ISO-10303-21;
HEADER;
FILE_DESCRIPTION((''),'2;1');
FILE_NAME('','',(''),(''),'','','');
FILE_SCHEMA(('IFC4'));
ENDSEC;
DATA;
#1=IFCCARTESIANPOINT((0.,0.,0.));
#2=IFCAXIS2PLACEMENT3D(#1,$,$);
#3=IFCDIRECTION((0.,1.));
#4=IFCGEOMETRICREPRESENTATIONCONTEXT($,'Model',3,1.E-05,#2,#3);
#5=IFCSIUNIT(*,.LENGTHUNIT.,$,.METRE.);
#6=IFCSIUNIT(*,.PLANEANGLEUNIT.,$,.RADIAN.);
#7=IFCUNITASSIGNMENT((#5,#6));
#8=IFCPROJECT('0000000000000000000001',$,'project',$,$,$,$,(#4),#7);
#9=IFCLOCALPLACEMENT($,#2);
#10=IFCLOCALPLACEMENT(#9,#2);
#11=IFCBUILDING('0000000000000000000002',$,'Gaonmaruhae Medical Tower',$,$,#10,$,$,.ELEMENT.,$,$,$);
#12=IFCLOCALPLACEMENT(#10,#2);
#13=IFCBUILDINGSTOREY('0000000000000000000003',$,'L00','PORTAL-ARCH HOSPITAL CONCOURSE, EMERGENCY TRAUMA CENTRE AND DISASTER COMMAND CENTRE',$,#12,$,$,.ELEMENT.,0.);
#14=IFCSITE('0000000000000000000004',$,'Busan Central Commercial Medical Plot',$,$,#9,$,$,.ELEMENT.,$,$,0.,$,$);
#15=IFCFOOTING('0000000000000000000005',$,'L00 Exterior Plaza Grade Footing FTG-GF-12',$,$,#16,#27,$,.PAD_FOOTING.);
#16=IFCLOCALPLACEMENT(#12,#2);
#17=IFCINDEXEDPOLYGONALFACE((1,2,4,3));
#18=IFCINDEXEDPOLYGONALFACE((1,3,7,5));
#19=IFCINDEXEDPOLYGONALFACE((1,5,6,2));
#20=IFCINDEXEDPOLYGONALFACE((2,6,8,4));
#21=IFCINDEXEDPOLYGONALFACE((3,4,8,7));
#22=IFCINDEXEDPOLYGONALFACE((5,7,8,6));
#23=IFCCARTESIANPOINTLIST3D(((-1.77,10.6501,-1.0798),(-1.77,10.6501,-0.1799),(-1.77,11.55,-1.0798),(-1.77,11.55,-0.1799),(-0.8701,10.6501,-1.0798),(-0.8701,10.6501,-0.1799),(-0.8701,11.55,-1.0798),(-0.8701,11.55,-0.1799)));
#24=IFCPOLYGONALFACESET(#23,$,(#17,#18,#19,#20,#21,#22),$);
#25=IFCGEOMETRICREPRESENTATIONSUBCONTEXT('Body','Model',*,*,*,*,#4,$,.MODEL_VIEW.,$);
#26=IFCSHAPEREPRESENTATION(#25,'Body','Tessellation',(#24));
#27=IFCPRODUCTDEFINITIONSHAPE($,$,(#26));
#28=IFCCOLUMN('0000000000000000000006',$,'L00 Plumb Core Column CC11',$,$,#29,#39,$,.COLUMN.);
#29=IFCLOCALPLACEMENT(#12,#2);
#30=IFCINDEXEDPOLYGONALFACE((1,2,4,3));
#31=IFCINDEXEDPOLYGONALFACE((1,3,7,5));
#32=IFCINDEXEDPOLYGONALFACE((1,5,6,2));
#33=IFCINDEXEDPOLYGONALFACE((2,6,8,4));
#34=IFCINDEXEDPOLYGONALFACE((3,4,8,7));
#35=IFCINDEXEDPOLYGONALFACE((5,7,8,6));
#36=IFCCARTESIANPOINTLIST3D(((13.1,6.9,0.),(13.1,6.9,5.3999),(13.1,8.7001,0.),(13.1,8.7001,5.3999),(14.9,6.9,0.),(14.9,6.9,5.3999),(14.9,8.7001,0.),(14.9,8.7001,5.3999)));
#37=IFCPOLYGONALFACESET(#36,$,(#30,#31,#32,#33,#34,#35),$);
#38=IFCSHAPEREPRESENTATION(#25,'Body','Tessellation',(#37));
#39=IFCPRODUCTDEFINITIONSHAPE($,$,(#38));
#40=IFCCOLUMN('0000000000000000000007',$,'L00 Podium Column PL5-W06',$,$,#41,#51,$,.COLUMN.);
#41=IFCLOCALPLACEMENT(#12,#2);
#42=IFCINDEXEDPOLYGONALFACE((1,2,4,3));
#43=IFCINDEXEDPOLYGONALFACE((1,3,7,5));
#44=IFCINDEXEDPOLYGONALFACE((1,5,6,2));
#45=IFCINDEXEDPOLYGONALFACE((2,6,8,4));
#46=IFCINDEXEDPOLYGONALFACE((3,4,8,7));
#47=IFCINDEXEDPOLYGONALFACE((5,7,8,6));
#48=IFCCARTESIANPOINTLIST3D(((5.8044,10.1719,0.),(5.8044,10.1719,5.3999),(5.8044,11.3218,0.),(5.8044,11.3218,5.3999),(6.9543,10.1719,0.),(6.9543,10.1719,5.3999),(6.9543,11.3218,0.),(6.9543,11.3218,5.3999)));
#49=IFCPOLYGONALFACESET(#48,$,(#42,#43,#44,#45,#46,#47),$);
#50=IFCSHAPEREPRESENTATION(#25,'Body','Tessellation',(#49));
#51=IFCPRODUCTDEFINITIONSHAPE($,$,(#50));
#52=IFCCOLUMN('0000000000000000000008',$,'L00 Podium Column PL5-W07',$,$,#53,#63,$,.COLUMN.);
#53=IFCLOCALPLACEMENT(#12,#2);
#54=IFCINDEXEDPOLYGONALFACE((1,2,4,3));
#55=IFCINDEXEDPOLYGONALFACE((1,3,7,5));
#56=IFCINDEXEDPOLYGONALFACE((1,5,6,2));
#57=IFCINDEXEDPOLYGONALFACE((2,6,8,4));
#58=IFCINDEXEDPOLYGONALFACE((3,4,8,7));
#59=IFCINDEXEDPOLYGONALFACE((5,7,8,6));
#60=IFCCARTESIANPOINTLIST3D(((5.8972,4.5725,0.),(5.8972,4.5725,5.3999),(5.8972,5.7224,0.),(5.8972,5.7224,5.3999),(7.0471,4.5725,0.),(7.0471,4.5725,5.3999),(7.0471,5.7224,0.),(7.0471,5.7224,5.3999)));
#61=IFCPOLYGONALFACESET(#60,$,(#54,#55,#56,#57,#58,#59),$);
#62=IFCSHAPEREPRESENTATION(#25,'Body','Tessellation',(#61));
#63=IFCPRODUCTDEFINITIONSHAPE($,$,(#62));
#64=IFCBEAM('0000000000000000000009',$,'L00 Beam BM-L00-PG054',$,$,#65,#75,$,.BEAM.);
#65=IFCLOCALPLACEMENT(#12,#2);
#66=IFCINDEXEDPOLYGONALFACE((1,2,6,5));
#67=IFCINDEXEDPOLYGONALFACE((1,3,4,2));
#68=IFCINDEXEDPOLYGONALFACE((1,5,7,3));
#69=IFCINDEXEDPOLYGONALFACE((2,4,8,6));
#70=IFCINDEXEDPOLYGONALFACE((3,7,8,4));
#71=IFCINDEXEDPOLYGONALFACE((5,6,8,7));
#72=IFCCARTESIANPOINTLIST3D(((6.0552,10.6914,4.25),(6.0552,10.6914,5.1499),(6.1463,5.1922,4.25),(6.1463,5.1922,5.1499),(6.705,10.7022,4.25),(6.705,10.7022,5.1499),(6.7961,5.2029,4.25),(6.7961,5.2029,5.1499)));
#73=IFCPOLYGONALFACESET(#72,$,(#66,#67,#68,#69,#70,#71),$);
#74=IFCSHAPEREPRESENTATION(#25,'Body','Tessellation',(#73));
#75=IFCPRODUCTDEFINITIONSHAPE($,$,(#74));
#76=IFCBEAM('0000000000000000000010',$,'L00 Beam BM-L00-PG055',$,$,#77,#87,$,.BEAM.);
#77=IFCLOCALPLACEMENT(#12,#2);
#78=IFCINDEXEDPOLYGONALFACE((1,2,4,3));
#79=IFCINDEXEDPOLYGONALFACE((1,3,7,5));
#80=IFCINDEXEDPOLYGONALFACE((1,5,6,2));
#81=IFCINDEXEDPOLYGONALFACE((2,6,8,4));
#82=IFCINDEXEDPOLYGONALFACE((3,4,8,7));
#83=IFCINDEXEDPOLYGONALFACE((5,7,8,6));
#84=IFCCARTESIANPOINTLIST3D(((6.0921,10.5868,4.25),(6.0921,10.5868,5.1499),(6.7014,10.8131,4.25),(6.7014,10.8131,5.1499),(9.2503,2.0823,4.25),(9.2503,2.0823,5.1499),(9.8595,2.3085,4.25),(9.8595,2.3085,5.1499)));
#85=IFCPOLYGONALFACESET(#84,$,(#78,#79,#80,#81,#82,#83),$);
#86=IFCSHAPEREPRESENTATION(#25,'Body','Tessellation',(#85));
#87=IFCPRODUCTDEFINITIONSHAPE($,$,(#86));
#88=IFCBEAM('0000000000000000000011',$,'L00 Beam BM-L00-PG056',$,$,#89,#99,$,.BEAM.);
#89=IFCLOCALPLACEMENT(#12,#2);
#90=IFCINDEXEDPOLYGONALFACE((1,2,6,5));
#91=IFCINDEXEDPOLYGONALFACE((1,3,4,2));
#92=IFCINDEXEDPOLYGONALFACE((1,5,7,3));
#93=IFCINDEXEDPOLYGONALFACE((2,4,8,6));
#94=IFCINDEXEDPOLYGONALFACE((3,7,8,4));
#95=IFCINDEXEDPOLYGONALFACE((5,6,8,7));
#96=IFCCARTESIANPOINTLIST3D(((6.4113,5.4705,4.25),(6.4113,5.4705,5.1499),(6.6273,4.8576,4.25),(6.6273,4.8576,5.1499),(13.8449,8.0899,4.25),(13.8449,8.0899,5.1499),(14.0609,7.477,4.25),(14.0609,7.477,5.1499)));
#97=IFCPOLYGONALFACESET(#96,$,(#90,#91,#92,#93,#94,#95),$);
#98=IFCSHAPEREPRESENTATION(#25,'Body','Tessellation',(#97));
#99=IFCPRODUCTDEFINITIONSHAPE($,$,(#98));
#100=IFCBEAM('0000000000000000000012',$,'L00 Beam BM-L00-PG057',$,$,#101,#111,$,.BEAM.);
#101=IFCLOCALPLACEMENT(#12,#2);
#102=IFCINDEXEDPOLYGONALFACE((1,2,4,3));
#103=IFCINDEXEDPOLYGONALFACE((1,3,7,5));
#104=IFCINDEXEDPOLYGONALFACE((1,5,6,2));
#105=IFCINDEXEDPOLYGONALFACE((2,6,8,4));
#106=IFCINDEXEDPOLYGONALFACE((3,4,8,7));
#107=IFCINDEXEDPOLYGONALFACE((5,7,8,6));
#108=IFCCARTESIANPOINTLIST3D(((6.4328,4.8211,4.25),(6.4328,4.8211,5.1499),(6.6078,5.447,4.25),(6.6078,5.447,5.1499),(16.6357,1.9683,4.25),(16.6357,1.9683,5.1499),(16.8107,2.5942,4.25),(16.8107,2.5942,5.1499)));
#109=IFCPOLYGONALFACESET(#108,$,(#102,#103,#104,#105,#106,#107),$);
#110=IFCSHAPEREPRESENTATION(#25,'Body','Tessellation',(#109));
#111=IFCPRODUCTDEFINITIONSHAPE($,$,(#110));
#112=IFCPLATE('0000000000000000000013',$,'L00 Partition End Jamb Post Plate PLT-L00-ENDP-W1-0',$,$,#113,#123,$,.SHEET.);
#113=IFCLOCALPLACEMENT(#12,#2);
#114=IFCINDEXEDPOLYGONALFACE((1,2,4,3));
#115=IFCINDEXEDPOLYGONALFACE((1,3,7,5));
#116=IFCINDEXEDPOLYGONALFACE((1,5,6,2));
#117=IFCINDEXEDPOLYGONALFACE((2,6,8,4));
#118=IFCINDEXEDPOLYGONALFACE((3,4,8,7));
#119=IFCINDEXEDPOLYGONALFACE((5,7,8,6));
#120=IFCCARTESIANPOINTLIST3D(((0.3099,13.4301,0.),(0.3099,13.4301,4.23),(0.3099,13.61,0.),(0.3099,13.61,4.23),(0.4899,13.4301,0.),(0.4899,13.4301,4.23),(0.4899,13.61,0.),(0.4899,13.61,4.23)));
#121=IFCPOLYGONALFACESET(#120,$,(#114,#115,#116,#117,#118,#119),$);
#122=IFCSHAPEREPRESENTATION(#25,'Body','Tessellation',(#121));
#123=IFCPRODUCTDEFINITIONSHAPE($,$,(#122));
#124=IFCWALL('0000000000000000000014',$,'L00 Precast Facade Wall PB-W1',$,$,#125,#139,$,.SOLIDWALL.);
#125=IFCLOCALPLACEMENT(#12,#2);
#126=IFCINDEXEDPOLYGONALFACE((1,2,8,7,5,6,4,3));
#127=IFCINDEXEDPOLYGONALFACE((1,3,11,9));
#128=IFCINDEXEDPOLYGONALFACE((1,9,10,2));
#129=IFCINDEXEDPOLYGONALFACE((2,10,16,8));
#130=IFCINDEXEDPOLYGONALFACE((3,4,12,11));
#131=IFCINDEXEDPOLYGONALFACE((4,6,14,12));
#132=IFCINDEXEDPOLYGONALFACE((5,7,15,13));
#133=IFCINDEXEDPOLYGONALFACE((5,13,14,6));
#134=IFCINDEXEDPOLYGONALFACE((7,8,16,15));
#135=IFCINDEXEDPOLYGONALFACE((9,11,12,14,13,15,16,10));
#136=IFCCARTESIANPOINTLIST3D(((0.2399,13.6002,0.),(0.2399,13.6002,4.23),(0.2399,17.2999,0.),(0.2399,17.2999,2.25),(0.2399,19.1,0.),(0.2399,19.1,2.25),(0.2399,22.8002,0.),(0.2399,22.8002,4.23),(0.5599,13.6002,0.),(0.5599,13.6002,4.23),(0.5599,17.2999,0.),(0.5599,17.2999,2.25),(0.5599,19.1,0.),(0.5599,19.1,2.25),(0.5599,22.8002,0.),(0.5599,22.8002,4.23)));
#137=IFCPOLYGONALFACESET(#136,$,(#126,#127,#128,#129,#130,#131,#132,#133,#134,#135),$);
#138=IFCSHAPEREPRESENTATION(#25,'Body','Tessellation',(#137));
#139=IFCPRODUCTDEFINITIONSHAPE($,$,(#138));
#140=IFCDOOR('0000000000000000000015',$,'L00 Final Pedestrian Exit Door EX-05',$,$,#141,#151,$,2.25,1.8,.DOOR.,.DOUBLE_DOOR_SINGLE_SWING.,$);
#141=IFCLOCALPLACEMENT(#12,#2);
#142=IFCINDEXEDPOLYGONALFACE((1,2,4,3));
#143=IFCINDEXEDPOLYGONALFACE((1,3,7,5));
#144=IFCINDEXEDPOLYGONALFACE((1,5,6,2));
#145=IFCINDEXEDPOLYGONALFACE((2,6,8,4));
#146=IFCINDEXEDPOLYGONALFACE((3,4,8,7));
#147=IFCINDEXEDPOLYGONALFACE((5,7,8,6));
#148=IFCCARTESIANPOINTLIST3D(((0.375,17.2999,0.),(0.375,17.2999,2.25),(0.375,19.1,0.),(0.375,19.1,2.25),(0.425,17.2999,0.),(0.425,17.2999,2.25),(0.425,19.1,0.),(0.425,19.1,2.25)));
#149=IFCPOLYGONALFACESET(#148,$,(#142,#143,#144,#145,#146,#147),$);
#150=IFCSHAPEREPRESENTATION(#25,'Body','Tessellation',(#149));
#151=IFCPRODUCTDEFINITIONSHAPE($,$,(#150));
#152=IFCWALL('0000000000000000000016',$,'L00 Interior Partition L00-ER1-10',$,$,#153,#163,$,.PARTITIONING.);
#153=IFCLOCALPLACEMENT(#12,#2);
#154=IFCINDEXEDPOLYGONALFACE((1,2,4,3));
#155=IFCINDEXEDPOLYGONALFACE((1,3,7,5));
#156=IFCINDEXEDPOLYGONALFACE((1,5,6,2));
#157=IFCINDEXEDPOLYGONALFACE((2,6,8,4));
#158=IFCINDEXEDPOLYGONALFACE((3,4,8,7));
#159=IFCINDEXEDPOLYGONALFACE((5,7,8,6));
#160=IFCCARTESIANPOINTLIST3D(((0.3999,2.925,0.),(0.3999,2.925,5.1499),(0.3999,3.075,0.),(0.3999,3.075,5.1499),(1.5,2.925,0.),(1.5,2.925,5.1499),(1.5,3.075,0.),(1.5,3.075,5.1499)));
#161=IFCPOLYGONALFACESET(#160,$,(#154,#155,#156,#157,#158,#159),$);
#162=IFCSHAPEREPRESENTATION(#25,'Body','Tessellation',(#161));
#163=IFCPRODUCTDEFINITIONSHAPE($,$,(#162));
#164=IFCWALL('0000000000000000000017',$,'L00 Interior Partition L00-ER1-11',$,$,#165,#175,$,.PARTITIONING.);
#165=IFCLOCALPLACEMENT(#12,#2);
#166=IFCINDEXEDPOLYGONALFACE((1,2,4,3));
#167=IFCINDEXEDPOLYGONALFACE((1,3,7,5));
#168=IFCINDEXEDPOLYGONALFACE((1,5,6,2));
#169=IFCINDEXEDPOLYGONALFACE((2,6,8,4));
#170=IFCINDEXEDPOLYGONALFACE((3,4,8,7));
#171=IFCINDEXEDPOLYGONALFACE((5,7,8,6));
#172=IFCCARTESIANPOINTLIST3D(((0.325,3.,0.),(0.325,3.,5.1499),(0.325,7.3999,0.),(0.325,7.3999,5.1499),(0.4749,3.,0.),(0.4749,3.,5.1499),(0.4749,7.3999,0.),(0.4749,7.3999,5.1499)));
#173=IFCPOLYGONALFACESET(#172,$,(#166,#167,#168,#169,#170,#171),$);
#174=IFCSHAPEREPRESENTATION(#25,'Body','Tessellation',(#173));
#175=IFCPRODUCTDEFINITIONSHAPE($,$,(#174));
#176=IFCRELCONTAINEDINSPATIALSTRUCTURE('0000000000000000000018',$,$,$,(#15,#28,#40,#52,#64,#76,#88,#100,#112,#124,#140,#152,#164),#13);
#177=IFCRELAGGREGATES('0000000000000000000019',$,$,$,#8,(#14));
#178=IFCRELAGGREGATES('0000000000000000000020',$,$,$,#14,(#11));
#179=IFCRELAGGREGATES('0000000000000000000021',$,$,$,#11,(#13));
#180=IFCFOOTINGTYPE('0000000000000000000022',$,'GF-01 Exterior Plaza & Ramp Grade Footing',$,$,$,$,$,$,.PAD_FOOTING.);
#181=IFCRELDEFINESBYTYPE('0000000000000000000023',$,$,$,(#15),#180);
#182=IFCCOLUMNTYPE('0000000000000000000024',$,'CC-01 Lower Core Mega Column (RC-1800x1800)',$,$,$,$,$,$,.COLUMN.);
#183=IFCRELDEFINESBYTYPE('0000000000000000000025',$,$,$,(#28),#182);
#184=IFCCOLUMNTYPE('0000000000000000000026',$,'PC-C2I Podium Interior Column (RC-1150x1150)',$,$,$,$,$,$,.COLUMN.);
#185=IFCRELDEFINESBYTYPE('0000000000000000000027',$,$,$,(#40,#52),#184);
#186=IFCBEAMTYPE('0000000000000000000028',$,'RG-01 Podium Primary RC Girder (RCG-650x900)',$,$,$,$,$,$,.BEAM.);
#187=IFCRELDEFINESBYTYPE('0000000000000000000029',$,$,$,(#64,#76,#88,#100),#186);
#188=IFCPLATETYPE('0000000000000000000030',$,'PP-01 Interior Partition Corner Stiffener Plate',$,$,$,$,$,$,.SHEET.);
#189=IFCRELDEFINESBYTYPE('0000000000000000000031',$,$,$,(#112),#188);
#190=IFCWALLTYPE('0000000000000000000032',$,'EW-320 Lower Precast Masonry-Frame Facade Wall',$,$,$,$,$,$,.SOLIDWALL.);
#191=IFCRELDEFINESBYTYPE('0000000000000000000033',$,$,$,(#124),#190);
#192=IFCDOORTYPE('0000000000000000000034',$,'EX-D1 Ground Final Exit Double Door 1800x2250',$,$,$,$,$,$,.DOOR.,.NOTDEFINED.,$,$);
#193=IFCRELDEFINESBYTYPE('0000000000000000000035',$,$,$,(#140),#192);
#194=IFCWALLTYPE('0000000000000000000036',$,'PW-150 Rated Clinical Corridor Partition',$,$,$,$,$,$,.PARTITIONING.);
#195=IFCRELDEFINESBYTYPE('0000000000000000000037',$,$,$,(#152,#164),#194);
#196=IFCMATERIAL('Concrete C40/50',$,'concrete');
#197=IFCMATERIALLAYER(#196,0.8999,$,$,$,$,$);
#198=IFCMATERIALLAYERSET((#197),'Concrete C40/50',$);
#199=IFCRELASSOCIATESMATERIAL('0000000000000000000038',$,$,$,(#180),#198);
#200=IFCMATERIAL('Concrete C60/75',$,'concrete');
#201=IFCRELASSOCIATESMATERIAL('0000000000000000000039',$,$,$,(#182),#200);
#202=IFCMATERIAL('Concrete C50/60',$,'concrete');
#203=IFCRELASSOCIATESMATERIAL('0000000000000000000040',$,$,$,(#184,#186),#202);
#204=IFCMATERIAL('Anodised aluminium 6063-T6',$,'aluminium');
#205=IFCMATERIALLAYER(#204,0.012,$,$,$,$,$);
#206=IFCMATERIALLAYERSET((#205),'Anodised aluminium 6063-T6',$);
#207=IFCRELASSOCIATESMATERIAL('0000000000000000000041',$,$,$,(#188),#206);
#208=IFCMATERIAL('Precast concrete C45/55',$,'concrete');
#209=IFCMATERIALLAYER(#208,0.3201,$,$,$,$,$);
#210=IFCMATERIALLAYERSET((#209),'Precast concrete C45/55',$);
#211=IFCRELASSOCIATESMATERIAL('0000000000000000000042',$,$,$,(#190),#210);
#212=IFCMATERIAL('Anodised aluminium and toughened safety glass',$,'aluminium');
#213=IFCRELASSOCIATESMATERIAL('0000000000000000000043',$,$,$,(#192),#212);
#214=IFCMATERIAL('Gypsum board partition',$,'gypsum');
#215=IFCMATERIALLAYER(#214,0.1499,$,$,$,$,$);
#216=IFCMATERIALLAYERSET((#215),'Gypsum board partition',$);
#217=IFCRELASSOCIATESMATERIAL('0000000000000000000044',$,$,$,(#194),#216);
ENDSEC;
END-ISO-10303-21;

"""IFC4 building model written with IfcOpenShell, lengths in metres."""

from ifc_helpers import new_model, si_unit, direction, frame, frame_2d, origin, origin_2d, place, context, subcontext, project, spatial, rectangle, extrude, material, layer, layer_set, material_profile, profile_set, type_object, element, fill, save


model = new_model("IFC4")

# Units and contexts
model_context = context("Model", 3, precision=1e-05, world=origin(), true_north=direction((0.0, 1.0)))
body_context = subcontext(model_context, "Body", "Model", "MODEL_VIEW")
ifc_project = project(units=[si_unit("LENGTHUNIT", "METRE"), si_unit("PLANEANGLEUNIT", "RADIAN")], contexts=[model_context])

# Site, building, storey
site_placement = place(None, origin())
site = spatial("IfcSite", under=ifc_project, at=site_placement, Name="Busan Central Commercial Medical Plot", CompositionType="ELEMENT", RefElevation=0.0)
building_placement = place(site_placement, origin())
building = spatial("IfcBuilding", under=site, at=building_placement, Name="Gaonmaruhae Medical Tower", CompositionType="ELEMENT")
storey_placement = place(building_placement, origin())
storey = spatial("IfcBuildingStorey", under=building, at=storey_placement, Name="L00", Description="PORTAL-ARCH HOSPITAL CONCOURSE, EMERGENCY TRAUMA CENTRE AND DISASTER COMMAND CENTRE", CompositionType="ELEMENT", Elevation=0.0)

# Footing
ifc_material_1 = material(Name="Concrete C40/50", Category="concrete")
ifc_layer_1 = layer(ifc_material_1, 0.8999)
ifc_layer_set_1 = layer_set([ifc_layer_1], Name="Concrete C40/50")
footing_type = type_object("IfcFootingType", Name="GF-01 Exterior Plaza & Ramp Grade Footing", PredefinedType="PAD_FOOTING", material=ifc_layer_set_1)
footing_placement = place(storey_placement, frame((-1.3201, 11.1001, -1.0798), z_axis=(0.0, 0.0, 1.0), x_axis=(1.0, 0.0, 0.0)))
element("IfcFooting", 1, at=footing_placement, inside=storey, type_object=footing_type, Name="L00 Exterior Plaza Grade Footing FTG-GF-12", PredefinedType="PAD_FOOTING", context=body_context, shape_type="SweptSolid", body=[
    extrude(rectangle(XDim=0.8999, YDim=0.8999, at=origin_2d()), origin(), (0.0, 0.0, 1.0), 0.8999),
])

# Columns
ifc_material_2 = material(Name="Concrete C60/75", Category="concrete")
ifc_material_profile_1 = material_profile(ifc_material_2, rectangle(XDim=1.8, YDim=1.8, at=origin_2d()), Name="RC-1800x1800")
ifc_profile_set_1 = profile_set([ifc_material_profile_1], Name="Concrete C60/75")
column_type_1 = type_object("IfcColumnType", Name="CC-01 Lower Core Mega Column (RC-1800x1800)", PredefinedType="COLUMN", material=ifc_profile_set_1)
column_placement = place(storey_placement, frame((14.0, 7.8, 0.0), z_axis=(0.0, 0.0, 1.0), x_axis=(1.0, 0.0, 0.0)))
element("IfcColumn", 2, at=column_placement, inside=storey, type_object=column_type_1, Name="L00 Plumb Core Column CC11", PredefinedType="COLUMN", context=body_context, shape_type="SweptSolid", body=[
    extrude(rectangle(XDim=1.8, YDim=1.8, at=origin_2d()), origin(), (0.0, 0.0, 1.0), 5.3999),
])
ifc_material_3 = material(Name="Concrete C50/60", Category="concrete")
ifc_material_profile_2 = material_profile(ifc_material_3, rectangle(XDim=1.1499, YDim=1.1499, at=origin_2d()), Name="RC-1150x1150")
ifc_profile_set_2 = profile_set([ifc_material_profile_2], Name="Concrete C50/60")
column_type_2 = type_object("IfcColumnType", Name="PC-C2I Podium Interior Column (RC-1150x1150)", PredefinedType="COLUMN", material=ifc_profile_set_2)
for number, where, z_axis, x_axis, name in (
    (3, (6.3794, 10.7468, 0.0), (0.0, 0.0, 1.0), (1.0, 0.0, 0.0), "L00 Podium Column PL5-W06"),
    (4, (6.4722, 5.1475, 0.0), (0.0, 0.0, 1.0), (1.0, 0.0, 0.0), "L00 Podium Column PL5-W07"),
):
    element("IfcColumn", number, at=place(storey_placement, frame(where, z_axis=z_axis, x_axis=x_axis)), inside=storey, type_object=column_type_2, Name=name, PredefinedType="COLUMN", context=body_context, shape_type="SweptSolid", body=[
        extrude(rectangle(XDim=1.1499, YDim=1.1499, at=origin_2d()), origin(), (0.0, 0.0, 1.0), 5.3999),
    ])

# Beams
ifc_material_profile_3 = material_profile(ifc_material_3, rectangle(XDim=0.6499, YDim=0.8999, at=origin_2d()), Name="RCG-650x900")
ifc_profile_set_3 = profile_set([ifc_material_profile_3], Name="Concrete C50/60")
beam_type = type_object("IfcBeamType", Name="RG-01 Podium Primary RC Girder (RCG-650x900)", PredefinedType="BEAM", material=ifc_profile_set_3)
beam_1_placement = place(storey_placement, frame((6.3801, 10.6968, 4.7), z_axis=(0.016557, -0.999863, 0.0), x_axis=(0.999863, 0.016557, 0.0)))
element("IfcBeam", 5, at=beam_1_placement, inside=storey, type_object=beam_type, Name="L00 Beam BM-L00-PG054", PredefinedType="BEAM", context=body_context, shape_type="SweptSolid", body=[
    extrude(rectangle(XDim=0.6499, YDim=0.8999, at=origin_2d()), origin(), (0.0, 0.0, 1.0), 5.5),
])
beam_2_placement = place(storey_placement, frame((6.3967, 10.7, 4.7), z_axis=(0.348122, -0.937449, 0.0), x_axis=(0.937449, 0.348122, 0.0)))
element("IfcBeam", 6, at=beam_2_placement, inside=storey, type_object=beam_type, Name="L00 Beam BM-L00-PG055", PredefinedType="BEAM", context=body_context, shape_type="SweptSolid", body=[
    extrude(rectangle(XDim=0.6499, YDim=0.8999, at=origin_2d()), origin(), (0.0, 0.0, 1.0), 9.072),
])
beam_3_placement = place(storey_placement, frame((6.5193, 5.1641, 4.7), z_axis=(0.943159, 0.332342, 0.0), x_axis=(-0.332342, 0.943159, 0.0)))
element("IfcBeam", 7, at=beam_3_placement, inside=storey, type_object=beam_type, Name="L00 Beam BM-L00-PG056", PredefinedType="BEAM", context=body_context, shape_type="SweptSolid", body=[
    extrude(rectangle(XDim=0.6499, YDim=0.8999, at=origin_2d()), origin(), (0.0, 0.0, 1.0), 7.8816),
])
beam_4_placement = place(storey_placement, frame((6.5203, 5.134, 4.7), z_axis=(0.963063, -0.269278, 0.0), x_axis=(0.269278, 0.963063, 0.0)))
element("IfcBeam", 8, at=beam_4_placement, inside=storey, type_object=beam_type, Name="L00 Beam BM-L00-PG057", PredefinedType="BEAM", context=body_context, shape_type="SweptSolid", body=[
    extrude(rectangle(XDim=0.6499, YDim=0.8999, at=origin_2d()), origin(), (0.0, 0.0, 1.0), 10.5942),
])

# Plate
ifc_material_4 = material(Name="Anodised aluminium 6063-T6", Category="aluminium")
ifc_layer_2 = layer(ifc_material_4, 0.012)
ifc_layer_set_2 = layer_set([ifc_layer_2], Name="Anodised aluminium 6063-T6")
plate_type = type_object("IfcPlateType", Name="PP-01 Interior Partition Corner Stiffener Plate", PredefinedType="SHEET", material=ifc_layer_set_2)
plate_placement = place(storey_placement, frame((0.3999, 13.52, 0.0), z_axis=(0.0, 0.0, 1.0), x_axis=(0.0, 1.0, 0.0)))
element("IfcPlate", 9, at=plate_placement, inside=storey, type_object=plate_type, Name="L00 Partition End Jamb Post Plate PLT-L00-ENDP-W1-0", PredefinedType="SHEET", context=body_context, shape_type="SweptSolid", body=[
    extrude(rectangle(XDim=0.1799, YDim=0.1799, at=origin_2d()), origin(), (0.0, 0.0, 1.0), 4.23),
])

# Wall, opening, door
ifc_material_5 = material(Name="Precast concrete C45/55", Category="concrete")
ifc_layer_3 = layer(ifc_material_5, 0.3201)
ifc_layer_set_3 = layer_set([ifc_layer_3], Name="Precast concrete C45/55")
wall_type_1 = type_object("IfcWallType", Name="EW-320 Lower Precast Masonry-Frame Facade Wall", PredefinedType="SOLIDWALL", material=ifc_layer_set_3)
wall_1_placement = place(storey_placement, frame((0.3999, 13.6001, 0.0), z_axis=(0.0, 0.0, 1.0), x_axis=(0.0, 1.0, 0.0)))
wall_1 = element("IfcWall", 10, at=wall_1_placement, inside=storey, type_object=wall_type_1, Name="L00 Precast Facade Wall PB-W1", PredefinedType="SOLIDWALL", context=body_context, shape_type="SweptSolid", body=[
    extrude(rectangle(XDim=9.2, YDim=0.3201, at=frame_2d((4.6001, 0.0))), origin(), (0.0, 0.0, 1.0), 4.23),
])
opening_1_placement = place(wall_1_placement, frame((3.7, 0.0, 0.0)))
opening_1 = element("IfcOpeningElement", 11, at=opening_1_placement, cuts=wall_1, PredefinedType="OPENING", context=body_context, shape_type="SweptSolid", body=[
    extrude(rectangle(XDim=1.8, YDim=2.25, at=frame_2d((0.8999, 1.125))), frame((0.0, 0.1699, 0.0), z_axis=(0.0, -1.0, 0.0), x_axis=(1.0, 0.0, 0.0)), (0.0, 0.0, 1.0), 0.3401),
])
ifc_material_6 = material(Name="Anodised aluminium and toughened safety glass", Category="aluminium")
door_type_1 = type_object("IfcDoorType", Name="EX-D1 Ground Final Exit Double Door 1800x2250", OperationType="NOTDEFINED", PredefinedType="DOOR", material=ifc_material_6)
door_1_placement = place(opening_1_placement, origin())
door_1 = element("IfcDoor", 12, at=door_1_placement, inside=storey, type_object=door_type_1, Name="L00 Final Pedestrian Exit Door EX-05", OperationType="DOUBLE_DOOR_SINGLE_SWING", OverallHeight=2.25, OverallWidth=1.8, PredefinedType="DOOR", context=body_context, shape_type="SweptSolid", body=[
    extrude(rectangle(XDim=1.8, YDim=2.25, at=frame_2d((0.8999, 1.125))), frame((0.0, 0.0249, 0.0), z_axis=(0.0, -1.0, 0.0), x_axis=(1.0, 0.0, 0.0)), (0.0, 0.0, 1.0), 0.05),
])
fill(opening_1, door_1)

# Walls
ifc_material_7 = material(Name="Gypsum board partition", Category="gypsum")
ifc_layer_4 = layer(ifc_material_7, 0.1499)
ifc_layer_set_4 = layer_set([ifc_layer_4], Name="Gypsum board partition")
wall_type_2 = type_object("IfcWallType", Name="PW-150 Rated Clinical Corridor Partition", PredefinedType="PARTITIONING", material=ifc_layer_set_4)
wall_2_placement = place(storey_placement, frame((1.5, 3.0, 0.0), z_axis=(0.0, 0.0, 1.0), x_axis=(-1.0, 0.0, 0.0)))
element("IfcWall", 13, at=wall_2_placement, inside=storey, type_object=wall_type_2, Name="L00 Interior Partition L00-ER1-10", PredefinedType="PARTITIONING", context=body_context, shape_type="SweptSolid", body=[
    extrude(rectangle(XDim=1.1001, YDim=0.1499, at=frame_2d((0.55, 0.0))), origin(), (0.0, 0.0, 1.0), 5.1499),
])
wall_3_placement = place(storey_placement, frame((0.3999, 3.0, 0.0), z_axis=(0.0, 0.0, 1.0), x_axis=(0.0, 1.0, 0.0)))
element("IfcWall", 14, at=wall_3_placement, inside=storey, type_object=wall_type_2, Name="L00 Interior Partition L00-ER1-11", PredefinedType="PARTITIONING", context=body_context, shape_type="SweptSolid", body=[
    extrude(rectangle(XDim=4.3999, YDim=0.1499, at=frame_2d((2.2, 0.0))), origin(), (0.0, 0.0, 1.0), 5.1499),
])

save(model, "model.ifc")
